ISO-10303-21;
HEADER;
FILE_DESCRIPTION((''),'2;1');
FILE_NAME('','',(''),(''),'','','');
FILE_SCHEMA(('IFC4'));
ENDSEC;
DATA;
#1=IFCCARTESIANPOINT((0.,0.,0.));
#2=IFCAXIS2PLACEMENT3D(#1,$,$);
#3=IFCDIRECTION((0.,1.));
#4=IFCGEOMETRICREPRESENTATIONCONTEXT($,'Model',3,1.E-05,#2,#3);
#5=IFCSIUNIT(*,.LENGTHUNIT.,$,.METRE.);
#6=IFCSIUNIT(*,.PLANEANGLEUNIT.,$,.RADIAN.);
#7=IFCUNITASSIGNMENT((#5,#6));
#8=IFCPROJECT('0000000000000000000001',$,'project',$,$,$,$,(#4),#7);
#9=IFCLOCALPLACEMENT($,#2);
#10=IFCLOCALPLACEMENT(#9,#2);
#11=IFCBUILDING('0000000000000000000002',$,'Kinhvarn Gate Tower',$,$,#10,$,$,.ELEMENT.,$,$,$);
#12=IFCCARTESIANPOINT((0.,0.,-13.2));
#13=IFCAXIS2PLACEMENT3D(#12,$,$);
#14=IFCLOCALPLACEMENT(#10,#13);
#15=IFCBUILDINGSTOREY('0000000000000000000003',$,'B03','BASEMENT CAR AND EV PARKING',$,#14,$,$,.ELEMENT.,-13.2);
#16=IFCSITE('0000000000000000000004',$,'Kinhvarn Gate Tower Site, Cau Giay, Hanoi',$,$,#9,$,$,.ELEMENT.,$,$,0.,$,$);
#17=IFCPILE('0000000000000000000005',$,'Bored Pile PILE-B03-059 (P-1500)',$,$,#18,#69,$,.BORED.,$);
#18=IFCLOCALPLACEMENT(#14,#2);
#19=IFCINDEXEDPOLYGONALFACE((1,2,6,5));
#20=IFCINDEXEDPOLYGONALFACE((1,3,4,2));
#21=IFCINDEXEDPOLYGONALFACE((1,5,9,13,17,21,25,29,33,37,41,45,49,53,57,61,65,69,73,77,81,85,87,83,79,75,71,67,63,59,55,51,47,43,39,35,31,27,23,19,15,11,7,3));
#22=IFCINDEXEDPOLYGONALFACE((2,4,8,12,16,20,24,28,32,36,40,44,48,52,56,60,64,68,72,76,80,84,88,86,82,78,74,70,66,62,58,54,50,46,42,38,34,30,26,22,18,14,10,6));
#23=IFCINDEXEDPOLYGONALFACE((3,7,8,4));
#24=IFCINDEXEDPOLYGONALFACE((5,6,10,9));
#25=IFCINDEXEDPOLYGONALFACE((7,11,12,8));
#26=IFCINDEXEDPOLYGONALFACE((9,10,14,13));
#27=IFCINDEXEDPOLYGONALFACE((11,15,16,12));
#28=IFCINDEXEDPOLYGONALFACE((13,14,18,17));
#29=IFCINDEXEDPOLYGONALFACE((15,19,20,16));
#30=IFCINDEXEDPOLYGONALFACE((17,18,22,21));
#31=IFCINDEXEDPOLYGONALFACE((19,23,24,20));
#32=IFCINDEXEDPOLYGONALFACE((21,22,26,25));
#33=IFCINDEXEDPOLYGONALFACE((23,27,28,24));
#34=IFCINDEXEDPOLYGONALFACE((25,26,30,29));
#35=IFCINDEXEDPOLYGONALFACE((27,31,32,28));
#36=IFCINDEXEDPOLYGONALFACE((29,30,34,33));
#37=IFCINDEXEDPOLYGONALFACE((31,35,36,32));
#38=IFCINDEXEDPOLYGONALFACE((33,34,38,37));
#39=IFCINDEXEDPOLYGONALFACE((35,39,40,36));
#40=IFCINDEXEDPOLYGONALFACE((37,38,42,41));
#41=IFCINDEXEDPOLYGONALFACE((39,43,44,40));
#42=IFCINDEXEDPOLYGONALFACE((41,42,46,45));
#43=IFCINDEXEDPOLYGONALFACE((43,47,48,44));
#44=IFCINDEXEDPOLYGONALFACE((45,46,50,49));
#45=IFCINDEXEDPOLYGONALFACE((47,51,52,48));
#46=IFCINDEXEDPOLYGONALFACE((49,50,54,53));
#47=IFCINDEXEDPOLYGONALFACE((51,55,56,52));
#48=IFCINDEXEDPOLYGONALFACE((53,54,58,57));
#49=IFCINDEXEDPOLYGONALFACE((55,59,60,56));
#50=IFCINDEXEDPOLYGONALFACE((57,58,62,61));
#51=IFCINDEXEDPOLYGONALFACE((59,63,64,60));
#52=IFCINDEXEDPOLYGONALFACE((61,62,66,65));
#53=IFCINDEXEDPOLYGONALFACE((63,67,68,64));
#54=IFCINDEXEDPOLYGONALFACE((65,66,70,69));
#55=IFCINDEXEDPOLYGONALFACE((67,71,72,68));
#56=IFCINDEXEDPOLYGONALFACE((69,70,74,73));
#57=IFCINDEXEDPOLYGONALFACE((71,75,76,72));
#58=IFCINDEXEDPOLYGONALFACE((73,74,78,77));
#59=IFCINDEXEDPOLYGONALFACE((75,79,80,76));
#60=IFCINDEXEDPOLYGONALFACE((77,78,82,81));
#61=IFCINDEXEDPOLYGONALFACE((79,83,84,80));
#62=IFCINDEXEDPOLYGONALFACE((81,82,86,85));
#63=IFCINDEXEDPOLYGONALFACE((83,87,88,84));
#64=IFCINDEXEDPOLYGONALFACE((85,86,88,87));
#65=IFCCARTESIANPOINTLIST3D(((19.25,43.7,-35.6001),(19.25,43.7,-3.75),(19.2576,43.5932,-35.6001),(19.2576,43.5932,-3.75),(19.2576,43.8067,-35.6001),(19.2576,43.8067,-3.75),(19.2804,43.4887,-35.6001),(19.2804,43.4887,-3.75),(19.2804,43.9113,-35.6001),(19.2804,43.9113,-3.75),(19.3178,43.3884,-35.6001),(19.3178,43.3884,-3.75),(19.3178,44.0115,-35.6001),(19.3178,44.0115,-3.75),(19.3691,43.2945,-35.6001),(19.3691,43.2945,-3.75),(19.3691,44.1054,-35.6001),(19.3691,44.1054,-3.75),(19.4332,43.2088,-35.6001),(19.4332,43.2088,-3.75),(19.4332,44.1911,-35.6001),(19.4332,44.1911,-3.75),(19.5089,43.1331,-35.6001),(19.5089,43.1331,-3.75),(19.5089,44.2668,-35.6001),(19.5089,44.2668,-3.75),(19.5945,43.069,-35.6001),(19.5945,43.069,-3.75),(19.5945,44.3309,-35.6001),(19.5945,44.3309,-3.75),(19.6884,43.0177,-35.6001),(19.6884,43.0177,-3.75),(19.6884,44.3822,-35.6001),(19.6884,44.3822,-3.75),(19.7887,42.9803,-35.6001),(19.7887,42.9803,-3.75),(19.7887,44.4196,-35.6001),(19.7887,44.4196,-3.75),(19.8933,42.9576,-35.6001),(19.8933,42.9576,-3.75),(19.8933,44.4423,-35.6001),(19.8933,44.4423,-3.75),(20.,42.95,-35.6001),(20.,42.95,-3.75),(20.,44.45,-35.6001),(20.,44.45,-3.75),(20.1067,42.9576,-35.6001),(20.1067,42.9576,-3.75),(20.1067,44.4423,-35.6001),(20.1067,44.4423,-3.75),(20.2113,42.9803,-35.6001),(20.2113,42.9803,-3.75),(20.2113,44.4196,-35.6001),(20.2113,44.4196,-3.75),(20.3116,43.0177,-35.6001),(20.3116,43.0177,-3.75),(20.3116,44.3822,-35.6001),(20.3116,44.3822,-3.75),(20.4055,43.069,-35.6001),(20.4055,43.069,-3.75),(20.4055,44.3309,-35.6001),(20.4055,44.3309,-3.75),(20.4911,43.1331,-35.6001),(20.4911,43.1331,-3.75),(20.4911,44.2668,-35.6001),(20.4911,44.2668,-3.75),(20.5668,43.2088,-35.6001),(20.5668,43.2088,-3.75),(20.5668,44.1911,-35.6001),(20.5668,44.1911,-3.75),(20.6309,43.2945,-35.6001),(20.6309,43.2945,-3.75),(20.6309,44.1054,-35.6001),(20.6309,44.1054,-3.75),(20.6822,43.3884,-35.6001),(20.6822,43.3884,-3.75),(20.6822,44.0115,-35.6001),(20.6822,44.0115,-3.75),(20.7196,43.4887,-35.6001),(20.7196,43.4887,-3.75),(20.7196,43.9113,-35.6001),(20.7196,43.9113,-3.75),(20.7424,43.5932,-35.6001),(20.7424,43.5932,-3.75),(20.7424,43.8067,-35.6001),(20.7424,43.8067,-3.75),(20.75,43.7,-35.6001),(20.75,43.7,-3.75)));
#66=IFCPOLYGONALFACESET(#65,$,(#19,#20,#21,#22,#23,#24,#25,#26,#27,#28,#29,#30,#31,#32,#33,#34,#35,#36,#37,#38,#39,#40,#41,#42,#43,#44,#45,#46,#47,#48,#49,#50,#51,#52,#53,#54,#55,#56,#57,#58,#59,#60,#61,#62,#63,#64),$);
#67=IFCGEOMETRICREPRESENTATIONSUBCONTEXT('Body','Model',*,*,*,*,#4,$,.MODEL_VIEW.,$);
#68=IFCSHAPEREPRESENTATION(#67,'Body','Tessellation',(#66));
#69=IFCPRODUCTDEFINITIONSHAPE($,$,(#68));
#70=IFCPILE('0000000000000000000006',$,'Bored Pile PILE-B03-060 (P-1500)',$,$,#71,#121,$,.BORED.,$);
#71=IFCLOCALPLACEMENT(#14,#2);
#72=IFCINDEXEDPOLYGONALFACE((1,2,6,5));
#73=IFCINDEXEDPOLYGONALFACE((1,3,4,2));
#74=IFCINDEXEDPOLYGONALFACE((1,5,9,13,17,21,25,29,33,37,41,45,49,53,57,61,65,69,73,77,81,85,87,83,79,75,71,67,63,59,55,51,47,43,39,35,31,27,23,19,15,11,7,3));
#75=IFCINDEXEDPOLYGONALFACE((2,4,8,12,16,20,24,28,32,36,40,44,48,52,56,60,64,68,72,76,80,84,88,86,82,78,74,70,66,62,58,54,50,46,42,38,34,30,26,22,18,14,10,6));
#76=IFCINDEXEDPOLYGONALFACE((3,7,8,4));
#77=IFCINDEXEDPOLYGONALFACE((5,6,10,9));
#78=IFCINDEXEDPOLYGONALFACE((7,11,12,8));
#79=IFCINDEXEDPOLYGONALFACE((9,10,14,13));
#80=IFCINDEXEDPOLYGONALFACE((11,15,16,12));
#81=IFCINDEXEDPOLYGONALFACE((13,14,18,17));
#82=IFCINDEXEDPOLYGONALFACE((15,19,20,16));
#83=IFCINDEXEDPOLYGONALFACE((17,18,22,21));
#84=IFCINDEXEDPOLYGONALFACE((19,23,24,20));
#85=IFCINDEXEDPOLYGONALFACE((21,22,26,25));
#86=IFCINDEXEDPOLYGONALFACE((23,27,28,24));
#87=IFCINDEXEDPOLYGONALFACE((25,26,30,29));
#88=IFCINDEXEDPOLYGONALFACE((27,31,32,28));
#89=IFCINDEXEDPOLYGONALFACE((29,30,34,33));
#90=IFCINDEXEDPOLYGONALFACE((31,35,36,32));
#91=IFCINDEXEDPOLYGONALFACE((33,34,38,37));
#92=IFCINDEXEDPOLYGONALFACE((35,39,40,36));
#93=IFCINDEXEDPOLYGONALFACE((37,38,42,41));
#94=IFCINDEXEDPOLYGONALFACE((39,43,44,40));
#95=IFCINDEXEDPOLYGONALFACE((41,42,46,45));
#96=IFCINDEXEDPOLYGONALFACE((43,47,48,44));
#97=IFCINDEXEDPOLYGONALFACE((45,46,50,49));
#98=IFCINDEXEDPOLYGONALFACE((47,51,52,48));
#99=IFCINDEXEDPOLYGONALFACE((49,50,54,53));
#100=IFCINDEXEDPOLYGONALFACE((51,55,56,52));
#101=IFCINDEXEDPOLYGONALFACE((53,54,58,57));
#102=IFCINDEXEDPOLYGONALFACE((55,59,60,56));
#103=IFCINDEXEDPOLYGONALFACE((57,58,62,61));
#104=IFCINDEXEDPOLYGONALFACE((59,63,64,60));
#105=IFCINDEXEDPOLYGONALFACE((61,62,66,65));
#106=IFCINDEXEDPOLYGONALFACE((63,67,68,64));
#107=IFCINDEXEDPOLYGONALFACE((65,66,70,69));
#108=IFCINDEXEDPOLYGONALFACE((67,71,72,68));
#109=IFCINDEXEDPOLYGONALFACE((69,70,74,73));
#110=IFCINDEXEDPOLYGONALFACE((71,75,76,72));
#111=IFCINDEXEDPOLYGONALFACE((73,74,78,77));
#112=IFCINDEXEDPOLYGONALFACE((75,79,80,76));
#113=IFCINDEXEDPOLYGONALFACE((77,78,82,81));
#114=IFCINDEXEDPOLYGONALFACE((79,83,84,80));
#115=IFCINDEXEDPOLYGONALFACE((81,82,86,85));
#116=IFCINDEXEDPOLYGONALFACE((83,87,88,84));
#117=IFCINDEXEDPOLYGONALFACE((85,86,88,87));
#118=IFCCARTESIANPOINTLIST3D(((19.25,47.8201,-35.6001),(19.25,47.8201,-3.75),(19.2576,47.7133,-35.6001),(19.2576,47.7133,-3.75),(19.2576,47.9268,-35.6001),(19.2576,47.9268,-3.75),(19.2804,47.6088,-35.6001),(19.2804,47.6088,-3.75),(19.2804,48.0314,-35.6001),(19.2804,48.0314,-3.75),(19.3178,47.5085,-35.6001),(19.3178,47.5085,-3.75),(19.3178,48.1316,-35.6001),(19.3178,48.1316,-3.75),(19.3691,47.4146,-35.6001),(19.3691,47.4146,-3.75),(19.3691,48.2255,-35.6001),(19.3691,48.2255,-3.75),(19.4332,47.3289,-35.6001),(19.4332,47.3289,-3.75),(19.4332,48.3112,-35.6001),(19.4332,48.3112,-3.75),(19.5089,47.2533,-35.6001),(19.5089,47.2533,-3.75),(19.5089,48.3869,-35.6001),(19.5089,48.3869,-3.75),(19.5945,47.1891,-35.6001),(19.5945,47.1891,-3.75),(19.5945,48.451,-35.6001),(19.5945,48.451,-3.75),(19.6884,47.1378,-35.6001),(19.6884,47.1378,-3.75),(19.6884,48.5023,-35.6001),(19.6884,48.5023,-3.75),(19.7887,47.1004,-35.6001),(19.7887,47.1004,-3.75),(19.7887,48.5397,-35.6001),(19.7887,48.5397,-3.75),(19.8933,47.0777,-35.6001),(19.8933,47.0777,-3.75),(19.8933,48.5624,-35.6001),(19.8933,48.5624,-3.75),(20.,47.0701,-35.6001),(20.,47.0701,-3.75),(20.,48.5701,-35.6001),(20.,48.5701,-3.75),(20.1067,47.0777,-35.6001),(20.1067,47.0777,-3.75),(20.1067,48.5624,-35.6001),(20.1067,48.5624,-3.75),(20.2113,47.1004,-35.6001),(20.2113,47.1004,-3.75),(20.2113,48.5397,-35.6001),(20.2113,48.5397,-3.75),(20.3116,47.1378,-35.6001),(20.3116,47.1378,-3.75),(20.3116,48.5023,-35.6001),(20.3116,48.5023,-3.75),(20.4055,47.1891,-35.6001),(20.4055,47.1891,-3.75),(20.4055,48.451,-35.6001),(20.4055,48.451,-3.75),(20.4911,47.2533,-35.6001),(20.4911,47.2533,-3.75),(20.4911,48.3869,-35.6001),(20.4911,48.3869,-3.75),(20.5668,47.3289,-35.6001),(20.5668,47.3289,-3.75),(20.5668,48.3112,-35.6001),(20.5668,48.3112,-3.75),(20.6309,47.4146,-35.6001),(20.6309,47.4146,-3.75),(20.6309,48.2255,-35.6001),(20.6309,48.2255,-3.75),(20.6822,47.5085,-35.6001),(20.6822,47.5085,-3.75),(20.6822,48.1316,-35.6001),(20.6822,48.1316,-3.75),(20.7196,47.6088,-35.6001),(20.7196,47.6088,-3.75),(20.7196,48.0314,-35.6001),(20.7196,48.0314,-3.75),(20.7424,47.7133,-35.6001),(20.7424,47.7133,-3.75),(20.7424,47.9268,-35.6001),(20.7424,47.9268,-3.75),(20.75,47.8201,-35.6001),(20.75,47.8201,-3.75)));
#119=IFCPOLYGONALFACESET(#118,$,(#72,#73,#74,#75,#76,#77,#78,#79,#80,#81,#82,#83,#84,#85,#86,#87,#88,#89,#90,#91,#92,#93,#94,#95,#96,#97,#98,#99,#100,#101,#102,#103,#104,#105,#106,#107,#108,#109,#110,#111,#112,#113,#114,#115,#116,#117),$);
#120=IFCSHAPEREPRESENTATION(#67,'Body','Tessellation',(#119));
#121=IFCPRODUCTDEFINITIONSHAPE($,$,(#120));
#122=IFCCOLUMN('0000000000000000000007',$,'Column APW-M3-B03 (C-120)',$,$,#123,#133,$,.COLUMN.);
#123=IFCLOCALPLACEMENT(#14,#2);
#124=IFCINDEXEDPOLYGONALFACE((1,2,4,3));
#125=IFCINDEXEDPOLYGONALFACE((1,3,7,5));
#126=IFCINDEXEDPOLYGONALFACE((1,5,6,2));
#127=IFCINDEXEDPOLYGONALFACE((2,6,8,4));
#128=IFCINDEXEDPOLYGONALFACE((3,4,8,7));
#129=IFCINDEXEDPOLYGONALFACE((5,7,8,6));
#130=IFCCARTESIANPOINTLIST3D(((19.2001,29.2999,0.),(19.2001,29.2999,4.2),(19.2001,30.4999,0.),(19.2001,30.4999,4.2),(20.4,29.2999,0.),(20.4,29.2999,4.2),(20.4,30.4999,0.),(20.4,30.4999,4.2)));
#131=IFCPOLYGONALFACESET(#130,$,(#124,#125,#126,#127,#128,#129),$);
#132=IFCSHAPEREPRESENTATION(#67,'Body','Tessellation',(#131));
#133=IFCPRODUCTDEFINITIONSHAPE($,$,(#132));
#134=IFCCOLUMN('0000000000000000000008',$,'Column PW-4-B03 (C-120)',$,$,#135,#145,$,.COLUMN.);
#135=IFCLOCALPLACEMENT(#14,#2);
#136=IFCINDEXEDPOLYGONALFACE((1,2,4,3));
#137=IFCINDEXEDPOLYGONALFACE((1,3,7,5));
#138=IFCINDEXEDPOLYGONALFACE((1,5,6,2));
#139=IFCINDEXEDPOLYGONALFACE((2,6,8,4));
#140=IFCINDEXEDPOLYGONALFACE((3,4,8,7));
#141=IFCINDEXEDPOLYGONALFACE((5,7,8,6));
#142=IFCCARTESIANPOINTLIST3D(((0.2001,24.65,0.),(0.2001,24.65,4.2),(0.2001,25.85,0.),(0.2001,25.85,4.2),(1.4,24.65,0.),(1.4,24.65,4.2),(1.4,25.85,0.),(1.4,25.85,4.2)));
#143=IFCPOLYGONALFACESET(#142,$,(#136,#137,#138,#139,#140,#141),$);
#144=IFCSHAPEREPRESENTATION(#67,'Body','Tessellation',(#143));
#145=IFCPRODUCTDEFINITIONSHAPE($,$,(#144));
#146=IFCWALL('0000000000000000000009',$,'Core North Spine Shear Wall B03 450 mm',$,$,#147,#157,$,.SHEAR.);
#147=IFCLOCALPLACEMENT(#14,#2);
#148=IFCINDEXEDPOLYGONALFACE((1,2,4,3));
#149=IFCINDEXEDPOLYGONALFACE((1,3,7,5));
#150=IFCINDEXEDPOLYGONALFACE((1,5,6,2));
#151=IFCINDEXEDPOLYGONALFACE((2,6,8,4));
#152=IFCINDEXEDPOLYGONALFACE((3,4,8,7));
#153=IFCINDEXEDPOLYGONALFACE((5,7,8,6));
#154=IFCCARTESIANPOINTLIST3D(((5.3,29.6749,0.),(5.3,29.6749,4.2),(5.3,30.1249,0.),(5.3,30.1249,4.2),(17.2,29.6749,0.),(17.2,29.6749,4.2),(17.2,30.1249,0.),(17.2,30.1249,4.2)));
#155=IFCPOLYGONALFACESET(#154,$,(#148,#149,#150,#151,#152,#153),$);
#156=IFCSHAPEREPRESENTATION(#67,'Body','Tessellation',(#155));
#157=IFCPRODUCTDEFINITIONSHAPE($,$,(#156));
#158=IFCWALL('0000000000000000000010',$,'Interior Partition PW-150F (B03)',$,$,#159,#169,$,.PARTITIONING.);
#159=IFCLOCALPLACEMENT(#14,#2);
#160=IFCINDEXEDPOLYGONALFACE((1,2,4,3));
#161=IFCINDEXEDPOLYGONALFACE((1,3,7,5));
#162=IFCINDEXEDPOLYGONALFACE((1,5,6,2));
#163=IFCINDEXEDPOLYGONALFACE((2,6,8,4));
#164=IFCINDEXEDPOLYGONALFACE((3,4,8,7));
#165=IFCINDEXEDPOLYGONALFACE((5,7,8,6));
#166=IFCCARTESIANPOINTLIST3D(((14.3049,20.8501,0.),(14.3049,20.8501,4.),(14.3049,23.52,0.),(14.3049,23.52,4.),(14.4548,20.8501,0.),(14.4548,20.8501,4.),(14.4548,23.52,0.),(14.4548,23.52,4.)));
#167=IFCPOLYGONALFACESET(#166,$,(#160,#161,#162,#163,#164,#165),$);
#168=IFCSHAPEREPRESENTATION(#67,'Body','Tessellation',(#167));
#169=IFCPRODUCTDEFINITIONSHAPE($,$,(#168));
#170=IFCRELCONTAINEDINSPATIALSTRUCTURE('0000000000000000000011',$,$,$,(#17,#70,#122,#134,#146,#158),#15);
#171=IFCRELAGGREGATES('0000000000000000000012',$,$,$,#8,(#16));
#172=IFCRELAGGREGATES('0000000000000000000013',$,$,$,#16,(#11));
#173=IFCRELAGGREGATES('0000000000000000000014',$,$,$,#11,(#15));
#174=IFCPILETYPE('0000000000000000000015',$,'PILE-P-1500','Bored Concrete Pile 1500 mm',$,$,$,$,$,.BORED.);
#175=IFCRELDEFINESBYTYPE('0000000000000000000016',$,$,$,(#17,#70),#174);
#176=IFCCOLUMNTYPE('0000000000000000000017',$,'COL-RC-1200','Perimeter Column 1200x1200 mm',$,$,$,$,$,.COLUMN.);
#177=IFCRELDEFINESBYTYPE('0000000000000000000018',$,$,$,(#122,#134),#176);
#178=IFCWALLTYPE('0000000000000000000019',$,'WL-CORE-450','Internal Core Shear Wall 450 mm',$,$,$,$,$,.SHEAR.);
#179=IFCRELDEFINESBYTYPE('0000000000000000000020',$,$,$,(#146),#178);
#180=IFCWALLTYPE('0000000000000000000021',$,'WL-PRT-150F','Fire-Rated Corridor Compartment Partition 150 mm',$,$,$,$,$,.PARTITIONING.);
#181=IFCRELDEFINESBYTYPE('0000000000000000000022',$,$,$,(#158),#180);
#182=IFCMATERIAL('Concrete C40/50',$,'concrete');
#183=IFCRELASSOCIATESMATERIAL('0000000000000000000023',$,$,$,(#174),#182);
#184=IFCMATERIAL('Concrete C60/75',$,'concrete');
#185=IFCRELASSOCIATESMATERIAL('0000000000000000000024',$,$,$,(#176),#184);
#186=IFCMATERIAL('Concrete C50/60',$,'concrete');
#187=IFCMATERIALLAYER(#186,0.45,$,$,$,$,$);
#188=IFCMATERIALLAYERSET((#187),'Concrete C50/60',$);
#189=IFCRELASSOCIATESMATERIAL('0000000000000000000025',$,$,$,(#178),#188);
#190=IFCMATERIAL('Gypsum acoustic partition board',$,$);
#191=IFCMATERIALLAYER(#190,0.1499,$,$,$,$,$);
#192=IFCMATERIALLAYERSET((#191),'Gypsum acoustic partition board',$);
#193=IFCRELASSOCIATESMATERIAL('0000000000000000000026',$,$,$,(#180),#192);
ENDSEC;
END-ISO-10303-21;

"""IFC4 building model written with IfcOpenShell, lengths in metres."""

from ifc_helpers import new_model, si_unit, direction, frame, frame_2d, origin, origin_2d, place, context, subcontext, project, spatial, rectangle, circle, extrude, material, layer, layer_set, material_profile, profile_set, type_object, element, save


model = new_model("IFC4")

# Units and contexts
model_context = context("Model", 3, precision=1e-05, world=origin(), true_north=direction((0.0, 1.0)))
body_context = subcontext(model_context, "Body", "Model", "MODEL_VIEW")
ifc_project = project(units=[si_unit("LENGTHUNIT", "METRE"), si_unit("PLANEANGLEUNIT", "RADIAN")], contexts=[model_context])

# Site, building, storey
site_placement = place(None, origin())
site = spatial("IfcSite", under=ifc_project, at=site_placement, Name="Kinhvarn Gate Tower Site, Cau Giay, Hanoi", CompositionType="ELEMENT", RefElevation=0.0)
building_placement = place(site_placement, origin())
building = spatial("IfcBuilding", under=site, at=building_placement, Name="Kinhvarn Gate Tower", CompositionType="ELEMENT")
storey_placement = place(building_placement, frame((0.0, 0.0, -13.2)))
storey = spatial("IfcBuildingStorey", under=building, at=storey_placement, Name="B03", Description="BASEMENT CAR AND EV PARKING", CompositionType="ELEMENT", Elevation=-13.2)

# Piles
ifc_material_1 = material(Name="Concrete C40/50", Category="concrete")
ifc_material_profile_1 = material_profile(ifc_material_1, circle(Radius=0.75, at=origin_2d()), Name="PILE D1500")
ifc_profile_set_1 = profile_set([ifc_material_profile_1], Name="Concrete C40/50")
pile_type = type_object("IfcPileType", Name="PILE-P-1500", Description="Bored Concrete Pile 1500 mm", PredefinedType="BORED", material=ifc_profile_set_1)
for number, where, z_axis, x_axis, name in (
    (1, (20.0, 43.7, -35.6001), (0.0, 0.0, 1.0), (1.0, 0.0, 0.0), "Bored Pile PILE-B03-059 (P-1500)"),
    (2, (20.0, 47.8201, -35.6001), (0.0, 0.0, 1.0), (1.0, 0.0, 0.0), "Bored Pile PILE-B03-060 (P-1500)"),
):
    element("IfcPile", number, at=place(storey_placement, frame(where, z_axis=z_axis, x_axis=x_axis)), inside=storey, type_object=pile_type, Name=name, PredefinedType="BORED", context=body_context, shape_type="SweptSolid", body=[
        extrude(circle(Radius=0.75, at=origin_2d()), origin(), (0.0, 0.0, 1.0), 31.8501),
    ])

# Columns
ifc_material_2 = material(Name="Concrete C60/75", Category="concrete")
ifc_material_profile_2 = material_profile(ifc_material_2, rectangle(XDim=1.2, YDim=1.2, at=origin_2d()), Name="RC 1200x1200")
ifc_profile_set_2 = profile_set([ifc_material_profile_2], Name="Concrete C60/75")
column_type = type_object("IfcColumnType", Name="COL-RC-1200", Description="Perimeter Column 1200x1200 mm", PredefinedType="COLUMN", material=ifc_profile_set_2)
for number, where, z_axis, x_axis, name in (
    (3, (19.8, 29.8999, 0.0), (0.0, 0.0, 1.0), (1.0, 0.0, 0.0), "Column APW-M3-B03 (C-120)"),
    (4, (0.8, 25.25, 0.0), (0.0, 0.0, 1.0), (1.0, 0.0, 0.0), "Column PW-4-B03 (C-120)"),
):
    element("IfcColumn", number, at=place(storey_placement, frame(where, z_axis=z_axis, x_axis=x_axis)), inside=storey, type_object=column_type, Name=name, PredefinedType="COLUMN", context=body_context, shape_type="SweptSolid", body=[
        extrude(rectangle(XDim=1.2, YDim=1.2, at=origin_2d()), origin(), (0.0, 0.0, 1.0), 4.2),
    ])

# Wall
ifc_material_3 = material(Name="Concrete C50/60", Category="concrete")
ifc_layer_1 = layer(ifc_material_3, 0.45)
ifc_layer_set_1 = layer_set([ifc_layer_1], Name="Concrete C50/60")
wall_type_1 = type_object("IfcWallType", Name="WL-CORE-450", Description="Internal Core Shear Wall 450 mm", PredefinedType="SHEAR", material=ifc_layer_set_1)
wall_1_placement = place(storey_placement, frame((5.3, 29.8999, 0.0), z_axis=(0.0, 0.0, 1.0), x_axis=(1.0, 0.0, 0.0)))
element("IfcWall", 5, at=wall_1_placement, inside=storey, type_object=wall_type_1, Name="Core North Spine Shear Wall B03 450 mm", PredefinedType="SHEAR", context=body_context, shape_type="SweptSolid", body=[
    extrude(rectangle(XDim=11.8999, YDim=0.45, at=frame_2d((5.95, 0.0))), origin(), (0.0, 0.0, 1.0), 4.2),
])

# Wall
ifc_material_4 = material(Name="Gypsum acoustic partition board")
ifc_layer_2 = layer(ifc_material_4, 0.1499)
ifc_layer_set_2 = layer_set([ifc_layer_2], Name="Gypsum acoustic partition board")
wall_type_2 = type_object("IfcWallType", Name="WL-PRT-150F", Description="Fire-Rated Corridor Compartment Partition 150 mm", PredefinedType="PARTITIONING", material=ifc_layer_set_2)
wall_2_placement = place(storey_placement, frame((14.3799, 20.8501, 0.0), z_axis=(0.0, 0.0, 1.0), x_axis=(0.0, 1.0, 0.0)))
element("IfcWall", 6, at=wall_2_placement, inside=storey, type_object=wall_type_2, Name="Interior Partition PW-150F (B03)", PredefinedType="PARTITIONING", context=body_context, shape_type="SweptSolid", body=[
    extrude(rectangle(XDim=2.6699, YDim=0.1499, at=frame_2d((1.335, 0.0))), origin(), (0.0, 0.0, 1.0), 4.0),
])

save(model, "model.ifc")
